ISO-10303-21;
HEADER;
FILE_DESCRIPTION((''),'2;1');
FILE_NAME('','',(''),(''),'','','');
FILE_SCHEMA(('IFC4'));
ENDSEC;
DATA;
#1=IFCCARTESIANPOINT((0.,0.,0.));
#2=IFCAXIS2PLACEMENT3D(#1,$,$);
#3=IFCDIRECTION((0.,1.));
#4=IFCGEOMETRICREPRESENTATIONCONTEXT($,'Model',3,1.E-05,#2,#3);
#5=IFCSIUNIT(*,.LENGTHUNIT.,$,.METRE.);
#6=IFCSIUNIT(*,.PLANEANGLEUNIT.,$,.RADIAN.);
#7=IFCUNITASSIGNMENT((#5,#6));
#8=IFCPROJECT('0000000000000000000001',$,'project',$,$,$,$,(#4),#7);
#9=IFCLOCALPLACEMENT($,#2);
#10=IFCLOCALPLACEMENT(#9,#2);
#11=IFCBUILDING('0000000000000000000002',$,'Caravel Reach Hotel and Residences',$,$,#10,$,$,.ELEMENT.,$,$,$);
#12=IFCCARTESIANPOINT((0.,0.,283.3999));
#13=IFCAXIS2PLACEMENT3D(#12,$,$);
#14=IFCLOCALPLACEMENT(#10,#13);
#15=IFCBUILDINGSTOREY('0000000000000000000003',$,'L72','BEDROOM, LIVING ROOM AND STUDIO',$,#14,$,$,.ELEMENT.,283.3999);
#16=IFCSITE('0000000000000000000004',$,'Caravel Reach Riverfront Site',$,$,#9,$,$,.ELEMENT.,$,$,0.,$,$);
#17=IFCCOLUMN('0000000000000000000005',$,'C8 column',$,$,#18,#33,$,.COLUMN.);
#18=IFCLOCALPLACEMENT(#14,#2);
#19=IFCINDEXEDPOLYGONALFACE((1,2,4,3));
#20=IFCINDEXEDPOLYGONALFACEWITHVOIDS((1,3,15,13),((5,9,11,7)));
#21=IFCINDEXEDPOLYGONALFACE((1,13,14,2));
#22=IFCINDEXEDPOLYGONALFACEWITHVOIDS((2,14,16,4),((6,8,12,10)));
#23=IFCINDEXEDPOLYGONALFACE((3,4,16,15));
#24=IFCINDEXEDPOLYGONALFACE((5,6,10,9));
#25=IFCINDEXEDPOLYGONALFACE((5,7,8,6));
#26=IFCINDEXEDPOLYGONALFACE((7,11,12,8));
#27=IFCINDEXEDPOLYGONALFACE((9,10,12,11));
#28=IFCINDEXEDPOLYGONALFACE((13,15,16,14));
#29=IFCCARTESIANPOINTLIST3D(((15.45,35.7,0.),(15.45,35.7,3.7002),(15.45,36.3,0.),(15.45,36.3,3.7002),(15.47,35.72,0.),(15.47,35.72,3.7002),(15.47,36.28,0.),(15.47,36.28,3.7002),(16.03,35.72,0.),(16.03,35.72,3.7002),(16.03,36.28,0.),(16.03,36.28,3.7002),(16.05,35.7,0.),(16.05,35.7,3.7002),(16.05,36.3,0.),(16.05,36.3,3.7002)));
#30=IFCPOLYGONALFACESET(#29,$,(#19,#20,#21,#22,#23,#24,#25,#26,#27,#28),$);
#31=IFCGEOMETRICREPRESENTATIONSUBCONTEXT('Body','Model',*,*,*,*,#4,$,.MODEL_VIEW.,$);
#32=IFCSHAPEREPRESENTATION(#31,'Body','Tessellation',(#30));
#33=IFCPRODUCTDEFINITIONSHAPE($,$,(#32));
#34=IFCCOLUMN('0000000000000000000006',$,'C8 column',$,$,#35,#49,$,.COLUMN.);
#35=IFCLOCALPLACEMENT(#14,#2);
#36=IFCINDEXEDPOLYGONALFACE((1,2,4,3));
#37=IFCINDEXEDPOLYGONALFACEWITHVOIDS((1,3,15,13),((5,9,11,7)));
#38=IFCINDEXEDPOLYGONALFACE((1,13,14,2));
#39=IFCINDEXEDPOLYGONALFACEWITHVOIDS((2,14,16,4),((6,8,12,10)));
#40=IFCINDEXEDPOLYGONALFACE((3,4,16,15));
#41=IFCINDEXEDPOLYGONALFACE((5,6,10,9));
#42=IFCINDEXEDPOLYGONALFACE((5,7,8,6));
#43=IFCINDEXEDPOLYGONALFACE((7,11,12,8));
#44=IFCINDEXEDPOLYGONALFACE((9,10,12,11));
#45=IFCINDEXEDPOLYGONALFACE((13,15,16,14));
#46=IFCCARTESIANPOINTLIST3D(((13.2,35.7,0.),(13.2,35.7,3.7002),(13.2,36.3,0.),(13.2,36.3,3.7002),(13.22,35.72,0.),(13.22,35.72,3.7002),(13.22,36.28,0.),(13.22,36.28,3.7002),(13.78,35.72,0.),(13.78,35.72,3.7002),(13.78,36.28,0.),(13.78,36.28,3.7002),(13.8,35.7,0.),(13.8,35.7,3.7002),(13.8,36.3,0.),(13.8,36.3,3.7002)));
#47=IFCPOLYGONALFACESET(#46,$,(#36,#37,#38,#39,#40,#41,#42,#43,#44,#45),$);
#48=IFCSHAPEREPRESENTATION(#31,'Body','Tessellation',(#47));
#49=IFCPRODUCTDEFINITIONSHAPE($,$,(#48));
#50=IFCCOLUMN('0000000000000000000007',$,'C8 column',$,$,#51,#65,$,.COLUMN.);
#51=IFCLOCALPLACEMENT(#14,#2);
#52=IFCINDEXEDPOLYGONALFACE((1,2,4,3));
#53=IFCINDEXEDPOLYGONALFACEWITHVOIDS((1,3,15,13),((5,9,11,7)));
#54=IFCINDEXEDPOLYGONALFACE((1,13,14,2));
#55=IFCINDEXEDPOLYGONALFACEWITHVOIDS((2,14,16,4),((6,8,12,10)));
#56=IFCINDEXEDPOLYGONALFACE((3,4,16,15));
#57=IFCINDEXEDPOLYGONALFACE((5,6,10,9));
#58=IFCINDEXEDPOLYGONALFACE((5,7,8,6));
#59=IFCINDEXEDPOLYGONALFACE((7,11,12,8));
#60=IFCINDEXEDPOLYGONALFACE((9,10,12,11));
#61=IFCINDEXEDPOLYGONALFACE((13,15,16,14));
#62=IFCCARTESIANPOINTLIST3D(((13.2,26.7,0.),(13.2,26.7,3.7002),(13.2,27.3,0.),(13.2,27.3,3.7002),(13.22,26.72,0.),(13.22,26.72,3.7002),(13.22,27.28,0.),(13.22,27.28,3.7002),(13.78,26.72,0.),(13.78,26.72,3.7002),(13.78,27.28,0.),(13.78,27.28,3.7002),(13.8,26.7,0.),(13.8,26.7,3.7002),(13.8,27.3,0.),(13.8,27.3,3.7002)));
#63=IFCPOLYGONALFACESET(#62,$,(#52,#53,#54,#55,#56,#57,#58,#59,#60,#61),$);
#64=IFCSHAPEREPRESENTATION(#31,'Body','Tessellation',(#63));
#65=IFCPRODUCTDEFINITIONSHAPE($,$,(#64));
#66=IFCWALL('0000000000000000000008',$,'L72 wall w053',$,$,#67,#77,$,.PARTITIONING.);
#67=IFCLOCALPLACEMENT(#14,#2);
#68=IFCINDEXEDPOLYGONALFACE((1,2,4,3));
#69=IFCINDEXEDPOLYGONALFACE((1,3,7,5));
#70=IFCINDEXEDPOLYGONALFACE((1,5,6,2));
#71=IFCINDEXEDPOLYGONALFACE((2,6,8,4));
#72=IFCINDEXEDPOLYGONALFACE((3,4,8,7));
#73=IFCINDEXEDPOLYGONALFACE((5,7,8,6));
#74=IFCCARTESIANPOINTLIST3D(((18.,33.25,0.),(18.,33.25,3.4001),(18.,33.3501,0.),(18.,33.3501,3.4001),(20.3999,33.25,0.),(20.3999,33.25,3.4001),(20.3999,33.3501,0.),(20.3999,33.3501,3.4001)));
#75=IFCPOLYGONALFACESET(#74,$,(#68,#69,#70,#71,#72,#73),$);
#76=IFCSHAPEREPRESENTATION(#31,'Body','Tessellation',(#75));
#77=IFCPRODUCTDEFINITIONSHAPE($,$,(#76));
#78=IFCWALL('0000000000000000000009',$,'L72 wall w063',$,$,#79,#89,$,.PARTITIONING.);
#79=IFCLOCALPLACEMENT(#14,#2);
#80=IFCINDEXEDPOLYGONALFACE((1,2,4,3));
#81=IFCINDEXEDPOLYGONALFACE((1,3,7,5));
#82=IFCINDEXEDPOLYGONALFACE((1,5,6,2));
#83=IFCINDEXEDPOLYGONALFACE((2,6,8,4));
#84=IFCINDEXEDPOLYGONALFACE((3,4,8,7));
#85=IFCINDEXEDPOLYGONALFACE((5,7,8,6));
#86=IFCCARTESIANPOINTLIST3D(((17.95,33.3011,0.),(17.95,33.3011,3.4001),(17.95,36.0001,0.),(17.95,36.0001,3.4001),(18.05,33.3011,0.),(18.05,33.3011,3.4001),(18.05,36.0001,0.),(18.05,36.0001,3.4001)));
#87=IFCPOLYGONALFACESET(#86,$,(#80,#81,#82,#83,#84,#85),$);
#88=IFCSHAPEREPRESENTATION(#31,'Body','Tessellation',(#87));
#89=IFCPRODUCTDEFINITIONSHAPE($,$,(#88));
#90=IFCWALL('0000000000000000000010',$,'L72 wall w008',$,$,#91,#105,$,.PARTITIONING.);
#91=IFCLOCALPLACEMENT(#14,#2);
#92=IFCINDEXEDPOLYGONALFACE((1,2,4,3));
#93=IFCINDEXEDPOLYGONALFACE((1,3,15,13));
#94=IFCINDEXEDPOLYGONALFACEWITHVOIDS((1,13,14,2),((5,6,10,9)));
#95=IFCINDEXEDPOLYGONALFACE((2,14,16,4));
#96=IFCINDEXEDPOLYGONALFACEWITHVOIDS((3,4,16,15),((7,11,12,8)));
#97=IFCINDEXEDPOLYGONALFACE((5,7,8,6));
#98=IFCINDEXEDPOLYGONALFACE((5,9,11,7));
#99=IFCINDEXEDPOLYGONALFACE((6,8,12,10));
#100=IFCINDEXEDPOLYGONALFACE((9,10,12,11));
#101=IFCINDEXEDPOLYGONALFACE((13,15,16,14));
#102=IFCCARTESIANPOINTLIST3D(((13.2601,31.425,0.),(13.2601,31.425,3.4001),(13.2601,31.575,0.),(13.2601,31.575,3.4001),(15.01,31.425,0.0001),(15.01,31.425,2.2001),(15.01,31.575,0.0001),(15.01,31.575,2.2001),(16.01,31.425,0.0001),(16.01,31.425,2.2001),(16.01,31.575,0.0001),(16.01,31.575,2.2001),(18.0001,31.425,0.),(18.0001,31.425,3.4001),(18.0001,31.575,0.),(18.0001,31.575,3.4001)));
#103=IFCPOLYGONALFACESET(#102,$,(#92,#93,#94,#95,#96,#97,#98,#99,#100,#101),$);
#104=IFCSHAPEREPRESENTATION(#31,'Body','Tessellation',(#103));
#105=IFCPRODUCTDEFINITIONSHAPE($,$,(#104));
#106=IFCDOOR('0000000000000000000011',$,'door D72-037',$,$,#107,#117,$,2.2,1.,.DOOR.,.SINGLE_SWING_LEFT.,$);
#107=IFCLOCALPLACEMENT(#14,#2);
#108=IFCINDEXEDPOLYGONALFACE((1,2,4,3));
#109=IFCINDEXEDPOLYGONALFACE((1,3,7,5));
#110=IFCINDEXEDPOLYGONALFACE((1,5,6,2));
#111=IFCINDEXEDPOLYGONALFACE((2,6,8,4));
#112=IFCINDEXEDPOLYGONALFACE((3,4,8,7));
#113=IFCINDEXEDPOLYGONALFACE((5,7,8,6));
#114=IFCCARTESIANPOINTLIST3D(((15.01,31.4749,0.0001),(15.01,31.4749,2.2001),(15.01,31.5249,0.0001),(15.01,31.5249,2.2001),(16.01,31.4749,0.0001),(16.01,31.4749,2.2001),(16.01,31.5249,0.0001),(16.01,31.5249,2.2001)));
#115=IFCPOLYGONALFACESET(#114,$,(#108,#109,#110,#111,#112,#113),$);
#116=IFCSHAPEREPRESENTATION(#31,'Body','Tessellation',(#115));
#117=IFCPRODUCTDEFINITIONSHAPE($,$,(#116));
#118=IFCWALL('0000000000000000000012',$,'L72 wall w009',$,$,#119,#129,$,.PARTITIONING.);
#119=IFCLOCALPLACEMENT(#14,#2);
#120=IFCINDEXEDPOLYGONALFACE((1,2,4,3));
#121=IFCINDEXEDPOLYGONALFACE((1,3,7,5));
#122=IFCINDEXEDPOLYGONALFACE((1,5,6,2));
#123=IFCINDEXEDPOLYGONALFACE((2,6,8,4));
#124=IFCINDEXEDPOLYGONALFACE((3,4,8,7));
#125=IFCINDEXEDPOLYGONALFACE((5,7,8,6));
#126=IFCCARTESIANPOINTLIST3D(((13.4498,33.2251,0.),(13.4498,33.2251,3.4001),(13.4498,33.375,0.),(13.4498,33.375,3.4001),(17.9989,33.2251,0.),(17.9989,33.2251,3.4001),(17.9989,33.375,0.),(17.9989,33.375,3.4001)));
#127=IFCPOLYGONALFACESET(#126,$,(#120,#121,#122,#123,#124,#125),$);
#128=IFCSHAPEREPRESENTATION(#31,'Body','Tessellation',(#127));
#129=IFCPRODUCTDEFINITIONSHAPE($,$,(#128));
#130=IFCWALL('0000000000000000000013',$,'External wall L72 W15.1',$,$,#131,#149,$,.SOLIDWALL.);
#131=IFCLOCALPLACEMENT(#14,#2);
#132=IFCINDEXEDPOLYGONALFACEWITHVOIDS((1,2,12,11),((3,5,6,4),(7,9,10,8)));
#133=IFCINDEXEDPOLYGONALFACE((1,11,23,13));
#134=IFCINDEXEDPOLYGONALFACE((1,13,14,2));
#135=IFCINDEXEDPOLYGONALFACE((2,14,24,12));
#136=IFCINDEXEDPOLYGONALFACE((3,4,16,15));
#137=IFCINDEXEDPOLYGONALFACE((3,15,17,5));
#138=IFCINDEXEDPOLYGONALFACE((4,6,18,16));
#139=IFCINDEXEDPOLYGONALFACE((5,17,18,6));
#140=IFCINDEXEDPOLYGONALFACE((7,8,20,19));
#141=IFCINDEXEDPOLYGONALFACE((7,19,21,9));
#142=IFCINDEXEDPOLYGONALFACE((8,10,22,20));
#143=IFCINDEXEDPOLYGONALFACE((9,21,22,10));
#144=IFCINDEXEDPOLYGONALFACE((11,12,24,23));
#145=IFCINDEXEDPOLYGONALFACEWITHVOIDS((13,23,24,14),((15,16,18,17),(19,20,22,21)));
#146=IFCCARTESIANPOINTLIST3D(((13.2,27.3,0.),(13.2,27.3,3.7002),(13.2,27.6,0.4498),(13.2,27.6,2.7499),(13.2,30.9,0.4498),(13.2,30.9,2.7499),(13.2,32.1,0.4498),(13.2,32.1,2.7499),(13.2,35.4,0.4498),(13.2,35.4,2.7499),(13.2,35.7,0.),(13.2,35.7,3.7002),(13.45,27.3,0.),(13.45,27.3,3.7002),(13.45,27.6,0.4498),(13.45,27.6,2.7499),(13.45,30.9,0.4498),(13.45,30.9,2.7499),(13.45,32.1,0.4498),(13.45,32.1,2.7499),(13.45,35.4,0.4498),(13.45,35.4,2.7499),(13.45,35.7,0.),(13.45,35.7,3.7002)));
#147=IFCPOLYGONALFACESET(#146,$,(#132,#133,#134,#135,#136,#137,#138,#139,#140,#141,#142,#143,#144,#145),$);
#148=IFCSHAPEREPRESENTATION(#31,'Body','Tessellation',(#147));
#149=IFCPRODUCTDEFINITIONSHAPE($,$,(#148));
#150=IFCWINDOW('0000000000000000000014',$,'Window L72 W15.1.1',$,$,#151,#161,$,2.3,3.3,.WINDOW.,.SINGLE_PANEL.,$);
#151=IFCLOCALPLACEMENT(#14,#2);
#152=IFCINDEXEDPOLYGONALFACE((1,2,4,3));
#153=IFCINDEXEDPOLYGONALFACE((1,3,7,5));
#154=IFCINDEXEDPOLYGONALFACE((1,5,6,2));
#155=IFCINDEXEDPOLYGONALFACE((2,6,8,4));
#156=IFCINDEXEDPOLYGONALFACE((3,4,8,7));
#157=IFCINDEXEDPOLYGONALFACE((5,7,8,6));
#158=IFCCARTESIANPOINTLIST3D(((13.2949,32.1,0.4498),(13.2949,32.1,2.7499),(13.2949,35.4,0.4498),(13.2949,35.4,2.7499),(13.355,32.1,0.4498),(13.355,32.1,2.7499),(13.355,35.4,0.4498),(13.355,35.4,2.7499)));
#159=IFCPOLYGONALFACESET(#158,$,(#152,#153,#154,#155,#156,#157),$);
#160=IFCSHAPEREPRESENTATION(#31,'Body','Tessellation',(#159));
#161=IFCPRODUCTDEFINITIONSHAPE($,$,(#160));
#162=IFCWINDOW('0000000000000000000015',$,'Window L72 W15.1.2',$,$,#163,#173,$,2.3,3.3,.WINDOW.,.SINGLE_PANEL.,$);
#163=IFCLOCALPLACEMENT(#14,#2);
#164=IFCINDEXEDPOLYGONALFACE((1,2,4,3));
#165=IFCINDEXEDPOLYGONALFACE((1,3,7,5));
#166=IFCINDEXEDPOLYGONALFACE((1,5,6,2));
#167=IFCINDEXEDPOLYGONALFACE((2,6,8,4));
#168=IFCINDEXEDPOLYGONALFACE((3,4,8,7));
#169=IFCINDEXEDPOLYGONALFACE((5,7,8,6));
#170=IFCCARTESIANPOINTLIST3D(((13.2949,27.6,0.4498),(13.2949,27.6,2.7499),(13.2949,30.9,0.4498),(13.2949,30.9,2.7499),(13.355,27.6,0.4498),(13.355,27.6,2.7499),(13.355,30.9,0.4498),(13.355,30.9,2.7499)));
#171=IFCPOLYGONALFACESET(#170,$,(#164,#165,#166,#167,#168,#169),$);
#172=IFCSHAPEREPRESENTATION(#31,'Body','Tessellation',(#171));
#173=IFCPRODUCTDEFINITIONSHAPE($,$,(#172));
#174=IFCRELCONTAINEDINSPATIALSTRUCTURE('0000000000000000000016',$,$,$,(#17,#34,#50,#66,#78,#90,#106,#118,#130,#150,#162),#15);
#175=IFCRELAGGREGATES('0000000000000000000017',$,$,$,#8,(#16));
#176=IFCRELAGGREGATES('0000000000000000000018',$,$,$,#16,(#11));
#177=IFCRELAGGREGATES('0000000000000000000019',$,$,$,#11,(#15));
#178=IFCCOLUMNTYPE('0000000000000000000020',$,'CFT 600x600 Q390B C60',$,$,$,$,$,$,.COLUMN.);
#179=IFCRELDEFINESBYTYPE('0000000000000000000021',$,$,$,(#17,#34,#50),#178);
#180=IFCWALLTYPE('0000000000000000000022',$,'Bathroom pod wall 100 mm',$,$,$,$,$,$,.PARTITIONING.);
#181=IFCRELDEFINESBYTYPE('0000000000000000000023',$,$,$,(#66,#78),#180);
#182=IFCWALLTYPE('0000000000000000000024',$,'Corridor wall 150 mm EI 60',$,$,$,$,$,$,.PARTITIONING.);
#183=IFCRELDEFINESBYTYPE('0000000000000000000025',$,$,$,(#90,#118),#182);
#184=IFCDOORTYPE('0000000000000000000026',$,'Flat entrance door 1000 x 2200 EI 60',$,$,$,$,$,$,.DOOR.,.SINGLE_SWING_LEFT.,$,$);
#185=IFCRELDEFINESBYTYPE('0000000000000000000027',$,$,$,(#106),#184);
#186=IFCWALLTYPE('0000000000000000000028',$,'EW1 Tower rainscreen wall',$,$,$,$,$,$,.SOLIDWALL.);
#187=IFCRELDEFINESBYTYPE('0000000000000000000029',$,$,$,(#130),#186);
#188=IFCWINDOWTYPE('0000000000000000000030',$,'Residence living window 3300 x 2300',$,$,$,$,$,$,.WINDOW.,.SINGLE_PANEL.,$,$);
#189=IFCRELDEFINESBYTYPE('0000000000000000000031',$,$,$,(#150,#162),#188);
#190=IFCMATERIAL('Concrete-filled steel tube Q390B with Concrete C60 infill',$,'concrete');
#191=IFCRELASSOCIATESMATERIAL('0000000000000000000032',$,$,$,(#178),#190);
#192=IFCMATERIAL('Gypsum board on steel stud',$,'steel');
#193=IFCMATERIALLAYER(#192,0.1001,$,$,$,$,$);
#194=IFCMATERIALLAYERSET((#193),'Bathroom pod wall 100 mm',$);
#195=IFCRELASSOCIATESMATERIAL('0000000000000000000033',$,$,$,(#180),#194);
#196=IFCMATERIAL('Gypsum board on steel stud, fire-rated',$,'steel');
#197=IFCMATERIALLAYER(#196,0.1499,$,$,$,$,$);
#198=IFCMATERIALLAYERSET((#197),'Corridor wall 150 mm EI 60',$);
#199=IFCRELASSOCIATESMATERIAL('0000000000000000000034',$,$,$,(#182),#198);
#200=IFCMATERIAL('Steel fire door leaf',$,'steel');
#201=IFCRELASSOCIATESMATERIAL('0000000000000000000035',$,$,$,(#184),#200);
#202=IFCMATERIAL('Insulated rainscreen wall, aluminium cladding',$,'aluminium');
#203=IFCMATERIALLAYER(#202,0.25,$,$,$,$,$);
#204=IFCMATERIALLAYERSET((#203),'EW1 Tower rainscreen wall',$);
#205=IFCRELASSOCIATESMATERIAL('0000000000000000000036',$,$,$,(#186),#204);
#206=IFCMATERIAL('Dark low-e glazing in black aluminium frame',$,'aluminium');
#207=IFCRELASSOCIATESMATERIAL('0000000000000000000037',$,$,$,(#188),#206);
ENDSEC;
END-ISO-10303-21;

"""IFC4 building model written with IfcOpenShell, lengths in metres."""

from ifc_helpers import new_model, si_unit, direction, frame, frame_2d, origin, origin_2d, place, context, subcontext, project, spatial, rectangle, hollow_rectangle, extrude, material, layer, layer_set, material_profile, profile_set, type_object, element, fill, save


model = new_model("IFC4")

# Units and contexts
model_context = context("Model", 3, precision=1e-05, world=origin(), true_north=direction((0.0, 1.0)))
body_context = subcontext(model_context, "Body", "Model", "MODEL_VIEW")
ifc_project = project(units=[si_unit("LENGTHUNIT", "METRE"), si_unit("PLANEANGLEUNIT", "RADIAN")], contexts=[model_context])

# Site, building, storey
site_placement = place(None, origin())
site = spatial("IfcSite", under=ifc_project, at=site_placement, Name="Caravel Reach Riverfront Site", CompositionType="ELEMENT", RefElevation=0.0)
building_placement = place(site_placement, origin())
building = spatial("IfcBuilding", under=site, at=building_placement, Name="Caravel Reach Hotel and Residences", CompositionType="ELEMENT")
storey_placement = place(building_placement, frame((0.0, 0.0, 283.3999)))
storey = spatial("IfcBuildingStorey", under=building, at=storey_placement, Name="L72", Description="BEDROOM, LIVING ROOM AND STUDIO", CompositionType="ELEMENT", Elevation=283.3999)

# Columns
ifc_material_1 = material(Name="Concrete-filled steel tube Q390B with Concrete C60 infill", Category="concrete")
ifc_material_profile = material_profile(ifc_material_1, hollow_rectangle(XDim=0.6001, YDim=0.6001, WallThickness=0.02, at=origin_2d()), Name="RHS 600x600x20")
ifc_profile_set = profile_set([ifc_material_profile], Name="Concrete-filled steel tube Q390B with Concrete C60 infill")
column_type = type_object("IfcColumnType", Name="CFT 600x600 Q390B C60", PredefinedType="COLUMN", material=ifc_profile_set)
for number, where, z_axis, x_axis, name in (
    (1, (15.75, 36.0, 0.0), (0.0, 0.0, 1.0), (1.0, 0.0, 0.0), "C8 column"),
    (2, (13.5, 36.0, 0.0), (0.0, 0.0, 1.0), (1.0, 0.0, 0.0), "C8 column"),
    (3, (13.5, 27.0, 0.0), (0.0, 0.0, 1.0), (1.0, 0.0, 0.0), "C8 column"),
):
    element("IfcColumn", number, at=place(storey_placement, frame(where, z_axis=z_axis, x_axis=x_axis)), inside=storey, type_object=column_type, Name=name, PredefinedType="COLUMN", context=body_context, shape_type="SweptSolid", body=[
        extrude(hollow_rectangle(XDim=0.6001, YDim=0.6001, WallThickness=0.02, at=origin_2d()), origin(), (0.0, 0.0, 1.0), 3.7002),
    ])

# Walls
ifc_material_2 = material(Name="Gypsum board on steel stud", Category="steel")
ifc_layer_1 = layer(ifc_material_2, 0.1001)
ifc_layer_set_1 = layer_set([ifc_layer_1], Name="Bathroom pod wall 100 mm")
wall_type_1 = type_object("IfcWallType", Name="Bathroom pod wall 100 mm", PredefinedType="PARTITIONING", material=ifc_layer_set_1)
wall_1_placement = place(storey_placement, frame((18.0, 33.3, 0.0), z_axis=(0.0, 0.0, 1.0), x_axis=(1.0, 0.0, 0.0)))
element("IfcWall", 4, at=wall_1_placement, inside=storey, type_object=wall_type_1, Name="L72 wall w053", PredefinedType="PARTITIONING", context=body_context, shape_type="SweptSolid", body=[
    extrude(rectangle(XDim=2.3999, YDim=0.1001, at=frame_2d((1.2, 0.0))), origin(), (0.0, 0.0, 1.0), 3.4001),
])
wall_2_placement = place(storey_placement, frame((18.0, 33.301, 0.0), z_axis=(0.0, 0.0, 1.0), x_axis=(0.0, 1.0, 0.0)))
element("IfcWall", 5, at=wall_2_placement, inside=storey, type_object=wall_type_1, Name="L72 wall w063", PredefinedType="PARTITIONING", context=body_context, shape_type="SweptSolid", body=[
    extrude(rectangle(XDim=2.699, YDim=0.1001, at=frame_2d((1.3496, 0.0))), origin(), (0.0, 0.0, 1.0), 3.4001),
])

# Wall, opening, door
ifc_material_3 = material(Name="Gypsum board on steel stud, fire-rated", Category="steel")
ifc_layer_2 = layer(ifc_material_3, 0.1499)
ifc_layer_set_2 = layer_set([ifc_layer_2], Name="Corridor wall 150 mm EI 60")
wall_type_2 = type_object("IfcWallType", Name="Corridor wall 150 mm EI 60", PredefinedType="PARTITIONING", material=ifc_layer_set_2)
wall_3_placement = place(storey_placement, frame((13.26, 31.5, 0.0), z_axis=(0.0, 0.0, 1.0), x_axis=(1.0, 0.0, 0.0)))
wall_3 = element("IfcWall", 6, at=wall_3_placement, inside=storey, type_object=wall_type_2, Name="L72 wall w008", PredefinedType="PARTITIONING", context=body_context, shape_type="SweptSolid", body=[
    extrude(rectangle(XDim=4.74, YDim=0.1499, at=frame_2d((2.3701, 0.0))), origin(), (0.0, 0.0, 1.0), 3.4001),
])
opening_1_placement = place(wall_3_placement, frame((1.75, 0.0, 0.0)))
opening_1 = element("IfcOpeningElement", 7, at=opening_1_placement, cuts=wall_3, PredefinedType="OPENING", context=body_context, shape_type="SweptSolid", body=[
    extrude(rectangle(XDim=1.0, YDim=2.2, at=frame_2d((0.5, 1.1001))), frame((0.0, 0.085, 0.0), z_axis=(0.0, -1.0, 0.0), x_axis=(1.0, 0.0, 0.0)), (0.0, 0.0, 1.0), 0.1699),
])
ifc_material_4 = material(Name="Steel fire door leaf", Category="steel")
door_type = type_object("IfcDoorType", Name="Flat entrance door 1000 x 2200 EI 60", OperationType="SINGLE_SWING_LEFT", PredefinedType="DOOR", material=ifc_material_4)
door_placement = place(opening_1_placement, origin())
door = element("IfcDoor", 8, at=door_placement, inside=storey, type_object=door_type, Name="door D72-037", OperationType="SINGLE_SWING_LEFT", OverallHeight=2.2, OverallWidth=1.0, PredefinedType="DOOR", context=body_context, shape_type="SweptSolid", body=[
    extrude(rectangle(XDim=1.0, YDim=2.2, at=frame_2d((0.5, 1.1001))), frame((0.0, 0.0249, 0.0), z_axis=(0.0, -1.0, 0.0), x_axis=(1.0, 0.0, 0.0)), (0.0, 0.0, 1.0), 0.05),
])
fill(opening_1, door)

# Wall
wall_4_placement = place(storey_placement, frame((13.45, 33.3, 0.0), z_axis=(0.0, 0.0, 1.0), x_axis=(1.0, 0.0, 0.0)))
element("IfcWall", 9, at=wall_4_placement, inside=storey, type_object=wall_type_2, Name="L72 wall w009", PredefinedType="PARTITIONING", context=body_context, shape_type="SweptSolid", body=[
    extrude(rectangle(XDim=4.5491, YDim=0.1499, at=frame_2d((2.2744, 0.0))), origin(), (0.0, 0.0, 1.0), 3.4001),
])

# Wall, openings, windows
ifc_material_5 = material(Name="Insulated rainscreen wall, aluminium cladding", Category="aluminium")
ifc_layer_3 = layer(ifc_material_5, 0.25)
ifc_layer_set_3 = layer_set([ifc_layer_3], Name="EW1 Tower rainscreen wall")
wall_type_3 = type_object("IfcWallType", Name="EW1 Tower rainscreen wall", PredefinedType="SOLIDWALL", material=ifc_layer_set_3)
wall_5_placement = place(storey_placement, frame((13.325, 35.7, 0.0), z_axis=(0.0, 0.0, 1.0), x_axis=(0.0, -1.0, 0.0)))
wall_5 = element("IfcWall", 10, at=wall_5_placement, inside=storey, type_object=wall_type_3, Name="External wall L72 W15.1", PredefinedType="SOLIDWALL", context=body_context, shape_type="SweptSolid", body=[
    extrude(rectangle(XDim=8.3999, YDim=0.25, at=frame_2d((4.2, 0.0))), origin(), (0.0, 0.0, 1.0), 3.7002),
])
opening_2_placement = place(wall_5_placement, frame((0.3, 0.0, 0.45)))
opening_2 = element("IfcOpeningElement", 11, at=opening_2_placement, cuts=wall_5, PredefinedType="OPENING", context=body_context, shape_type="SweptSolid", body=[
    extrude(rectangle(XDim=3.3, YDim=2.3, at=frame_2d((1.6499, 1.1499))), frame((0.0, 0.135, 0.0), z_axis=(0.0, -1.0, 0.0), x_axis=(1.0, 0.0, 0.0)), (0.0, 0.0, 1.0), 0.27),
])
opening_3_placement = place(wall_5_placement, frame((4.8, 0.0, 0.45)))
opening_3 = element("IfcOpeningElement", 12, at=opening_3_placement, cuts=wall_5, PredefinedType="OPENING", context=body_context, shape_type="SweptSolid", body=[
    extrude(rectangle(XDim=3.3, YDim=2.3, at=frame_2d((1.6499, 1.1499))), frame((0.0, 0.135, 0.0), z_axis=(0.0, -1.0, 0.0), x_axis=(1.0, 0.0, 0.0)), (0.0, 0.0, 1.0), 0.27),
])
ifc_material_6 = material(Name="Dark low-e glazing in black aluminium frame", Category="aluminium")
window_type = type_object("IfcWindowType", Name="Residence living window 3300 x 2300", PartitioningType="SINGLE_PANEL", PredefinedType="WINDOW", material=ifc_material_6)
window_1_placement = place(opening_2_placement, origin())
window_1 = element("IfcWindow", 13, at=window_1_placement, inside=storey, type_object=window_type, Name="Window L72 W15.1.1", OverallHeight=2.3, OverallWidth=3.3, PartitioningType="SINGLE_PANEL", PredefinedType="WINDOW", context=body_context, shape_type="SweptSolid", body=[
    extrude(rectangle(XDim=3.3, YDim=2.3, at=frame_2d((1.6499, 1.1499))), frame((0.0, 0.03, 0.0), z_axis=(0.0, -1.0, 0.0), x_axis=(1.0, 0.0, 0.0)), (0.0, 0.0, 1.0), 0.0601),
])
fill(opening_2, window_1)
window_2_placement = place(opening_3_placement, origin())
window_2 = element("IfcWindow", 14, at=window_2_placement, inside=storey, type_object=window_type, Name="Window L72 W15.1.2", OverallHeight=2.3, OverallWidth=3.3, PartitioningType="SINGLE_PANEL", PredefinedType="WINDOW", context=body_context, shape_type="SweptSolid", body=[
    extrude(rectangle(XDim=3.3, YDim=2.3, at=frame_2d((1.6499, 1.1499))), frame((0.0, 0.03, 0.0), z_axis=(0.0, -1.0, 0.0), x_axis=(1.0, 0.0, 0.0)), (0.0, 0.0, 1.0), 0.0601),
])
fill(opening_3, window_2)

save(model, "model.ifc")
